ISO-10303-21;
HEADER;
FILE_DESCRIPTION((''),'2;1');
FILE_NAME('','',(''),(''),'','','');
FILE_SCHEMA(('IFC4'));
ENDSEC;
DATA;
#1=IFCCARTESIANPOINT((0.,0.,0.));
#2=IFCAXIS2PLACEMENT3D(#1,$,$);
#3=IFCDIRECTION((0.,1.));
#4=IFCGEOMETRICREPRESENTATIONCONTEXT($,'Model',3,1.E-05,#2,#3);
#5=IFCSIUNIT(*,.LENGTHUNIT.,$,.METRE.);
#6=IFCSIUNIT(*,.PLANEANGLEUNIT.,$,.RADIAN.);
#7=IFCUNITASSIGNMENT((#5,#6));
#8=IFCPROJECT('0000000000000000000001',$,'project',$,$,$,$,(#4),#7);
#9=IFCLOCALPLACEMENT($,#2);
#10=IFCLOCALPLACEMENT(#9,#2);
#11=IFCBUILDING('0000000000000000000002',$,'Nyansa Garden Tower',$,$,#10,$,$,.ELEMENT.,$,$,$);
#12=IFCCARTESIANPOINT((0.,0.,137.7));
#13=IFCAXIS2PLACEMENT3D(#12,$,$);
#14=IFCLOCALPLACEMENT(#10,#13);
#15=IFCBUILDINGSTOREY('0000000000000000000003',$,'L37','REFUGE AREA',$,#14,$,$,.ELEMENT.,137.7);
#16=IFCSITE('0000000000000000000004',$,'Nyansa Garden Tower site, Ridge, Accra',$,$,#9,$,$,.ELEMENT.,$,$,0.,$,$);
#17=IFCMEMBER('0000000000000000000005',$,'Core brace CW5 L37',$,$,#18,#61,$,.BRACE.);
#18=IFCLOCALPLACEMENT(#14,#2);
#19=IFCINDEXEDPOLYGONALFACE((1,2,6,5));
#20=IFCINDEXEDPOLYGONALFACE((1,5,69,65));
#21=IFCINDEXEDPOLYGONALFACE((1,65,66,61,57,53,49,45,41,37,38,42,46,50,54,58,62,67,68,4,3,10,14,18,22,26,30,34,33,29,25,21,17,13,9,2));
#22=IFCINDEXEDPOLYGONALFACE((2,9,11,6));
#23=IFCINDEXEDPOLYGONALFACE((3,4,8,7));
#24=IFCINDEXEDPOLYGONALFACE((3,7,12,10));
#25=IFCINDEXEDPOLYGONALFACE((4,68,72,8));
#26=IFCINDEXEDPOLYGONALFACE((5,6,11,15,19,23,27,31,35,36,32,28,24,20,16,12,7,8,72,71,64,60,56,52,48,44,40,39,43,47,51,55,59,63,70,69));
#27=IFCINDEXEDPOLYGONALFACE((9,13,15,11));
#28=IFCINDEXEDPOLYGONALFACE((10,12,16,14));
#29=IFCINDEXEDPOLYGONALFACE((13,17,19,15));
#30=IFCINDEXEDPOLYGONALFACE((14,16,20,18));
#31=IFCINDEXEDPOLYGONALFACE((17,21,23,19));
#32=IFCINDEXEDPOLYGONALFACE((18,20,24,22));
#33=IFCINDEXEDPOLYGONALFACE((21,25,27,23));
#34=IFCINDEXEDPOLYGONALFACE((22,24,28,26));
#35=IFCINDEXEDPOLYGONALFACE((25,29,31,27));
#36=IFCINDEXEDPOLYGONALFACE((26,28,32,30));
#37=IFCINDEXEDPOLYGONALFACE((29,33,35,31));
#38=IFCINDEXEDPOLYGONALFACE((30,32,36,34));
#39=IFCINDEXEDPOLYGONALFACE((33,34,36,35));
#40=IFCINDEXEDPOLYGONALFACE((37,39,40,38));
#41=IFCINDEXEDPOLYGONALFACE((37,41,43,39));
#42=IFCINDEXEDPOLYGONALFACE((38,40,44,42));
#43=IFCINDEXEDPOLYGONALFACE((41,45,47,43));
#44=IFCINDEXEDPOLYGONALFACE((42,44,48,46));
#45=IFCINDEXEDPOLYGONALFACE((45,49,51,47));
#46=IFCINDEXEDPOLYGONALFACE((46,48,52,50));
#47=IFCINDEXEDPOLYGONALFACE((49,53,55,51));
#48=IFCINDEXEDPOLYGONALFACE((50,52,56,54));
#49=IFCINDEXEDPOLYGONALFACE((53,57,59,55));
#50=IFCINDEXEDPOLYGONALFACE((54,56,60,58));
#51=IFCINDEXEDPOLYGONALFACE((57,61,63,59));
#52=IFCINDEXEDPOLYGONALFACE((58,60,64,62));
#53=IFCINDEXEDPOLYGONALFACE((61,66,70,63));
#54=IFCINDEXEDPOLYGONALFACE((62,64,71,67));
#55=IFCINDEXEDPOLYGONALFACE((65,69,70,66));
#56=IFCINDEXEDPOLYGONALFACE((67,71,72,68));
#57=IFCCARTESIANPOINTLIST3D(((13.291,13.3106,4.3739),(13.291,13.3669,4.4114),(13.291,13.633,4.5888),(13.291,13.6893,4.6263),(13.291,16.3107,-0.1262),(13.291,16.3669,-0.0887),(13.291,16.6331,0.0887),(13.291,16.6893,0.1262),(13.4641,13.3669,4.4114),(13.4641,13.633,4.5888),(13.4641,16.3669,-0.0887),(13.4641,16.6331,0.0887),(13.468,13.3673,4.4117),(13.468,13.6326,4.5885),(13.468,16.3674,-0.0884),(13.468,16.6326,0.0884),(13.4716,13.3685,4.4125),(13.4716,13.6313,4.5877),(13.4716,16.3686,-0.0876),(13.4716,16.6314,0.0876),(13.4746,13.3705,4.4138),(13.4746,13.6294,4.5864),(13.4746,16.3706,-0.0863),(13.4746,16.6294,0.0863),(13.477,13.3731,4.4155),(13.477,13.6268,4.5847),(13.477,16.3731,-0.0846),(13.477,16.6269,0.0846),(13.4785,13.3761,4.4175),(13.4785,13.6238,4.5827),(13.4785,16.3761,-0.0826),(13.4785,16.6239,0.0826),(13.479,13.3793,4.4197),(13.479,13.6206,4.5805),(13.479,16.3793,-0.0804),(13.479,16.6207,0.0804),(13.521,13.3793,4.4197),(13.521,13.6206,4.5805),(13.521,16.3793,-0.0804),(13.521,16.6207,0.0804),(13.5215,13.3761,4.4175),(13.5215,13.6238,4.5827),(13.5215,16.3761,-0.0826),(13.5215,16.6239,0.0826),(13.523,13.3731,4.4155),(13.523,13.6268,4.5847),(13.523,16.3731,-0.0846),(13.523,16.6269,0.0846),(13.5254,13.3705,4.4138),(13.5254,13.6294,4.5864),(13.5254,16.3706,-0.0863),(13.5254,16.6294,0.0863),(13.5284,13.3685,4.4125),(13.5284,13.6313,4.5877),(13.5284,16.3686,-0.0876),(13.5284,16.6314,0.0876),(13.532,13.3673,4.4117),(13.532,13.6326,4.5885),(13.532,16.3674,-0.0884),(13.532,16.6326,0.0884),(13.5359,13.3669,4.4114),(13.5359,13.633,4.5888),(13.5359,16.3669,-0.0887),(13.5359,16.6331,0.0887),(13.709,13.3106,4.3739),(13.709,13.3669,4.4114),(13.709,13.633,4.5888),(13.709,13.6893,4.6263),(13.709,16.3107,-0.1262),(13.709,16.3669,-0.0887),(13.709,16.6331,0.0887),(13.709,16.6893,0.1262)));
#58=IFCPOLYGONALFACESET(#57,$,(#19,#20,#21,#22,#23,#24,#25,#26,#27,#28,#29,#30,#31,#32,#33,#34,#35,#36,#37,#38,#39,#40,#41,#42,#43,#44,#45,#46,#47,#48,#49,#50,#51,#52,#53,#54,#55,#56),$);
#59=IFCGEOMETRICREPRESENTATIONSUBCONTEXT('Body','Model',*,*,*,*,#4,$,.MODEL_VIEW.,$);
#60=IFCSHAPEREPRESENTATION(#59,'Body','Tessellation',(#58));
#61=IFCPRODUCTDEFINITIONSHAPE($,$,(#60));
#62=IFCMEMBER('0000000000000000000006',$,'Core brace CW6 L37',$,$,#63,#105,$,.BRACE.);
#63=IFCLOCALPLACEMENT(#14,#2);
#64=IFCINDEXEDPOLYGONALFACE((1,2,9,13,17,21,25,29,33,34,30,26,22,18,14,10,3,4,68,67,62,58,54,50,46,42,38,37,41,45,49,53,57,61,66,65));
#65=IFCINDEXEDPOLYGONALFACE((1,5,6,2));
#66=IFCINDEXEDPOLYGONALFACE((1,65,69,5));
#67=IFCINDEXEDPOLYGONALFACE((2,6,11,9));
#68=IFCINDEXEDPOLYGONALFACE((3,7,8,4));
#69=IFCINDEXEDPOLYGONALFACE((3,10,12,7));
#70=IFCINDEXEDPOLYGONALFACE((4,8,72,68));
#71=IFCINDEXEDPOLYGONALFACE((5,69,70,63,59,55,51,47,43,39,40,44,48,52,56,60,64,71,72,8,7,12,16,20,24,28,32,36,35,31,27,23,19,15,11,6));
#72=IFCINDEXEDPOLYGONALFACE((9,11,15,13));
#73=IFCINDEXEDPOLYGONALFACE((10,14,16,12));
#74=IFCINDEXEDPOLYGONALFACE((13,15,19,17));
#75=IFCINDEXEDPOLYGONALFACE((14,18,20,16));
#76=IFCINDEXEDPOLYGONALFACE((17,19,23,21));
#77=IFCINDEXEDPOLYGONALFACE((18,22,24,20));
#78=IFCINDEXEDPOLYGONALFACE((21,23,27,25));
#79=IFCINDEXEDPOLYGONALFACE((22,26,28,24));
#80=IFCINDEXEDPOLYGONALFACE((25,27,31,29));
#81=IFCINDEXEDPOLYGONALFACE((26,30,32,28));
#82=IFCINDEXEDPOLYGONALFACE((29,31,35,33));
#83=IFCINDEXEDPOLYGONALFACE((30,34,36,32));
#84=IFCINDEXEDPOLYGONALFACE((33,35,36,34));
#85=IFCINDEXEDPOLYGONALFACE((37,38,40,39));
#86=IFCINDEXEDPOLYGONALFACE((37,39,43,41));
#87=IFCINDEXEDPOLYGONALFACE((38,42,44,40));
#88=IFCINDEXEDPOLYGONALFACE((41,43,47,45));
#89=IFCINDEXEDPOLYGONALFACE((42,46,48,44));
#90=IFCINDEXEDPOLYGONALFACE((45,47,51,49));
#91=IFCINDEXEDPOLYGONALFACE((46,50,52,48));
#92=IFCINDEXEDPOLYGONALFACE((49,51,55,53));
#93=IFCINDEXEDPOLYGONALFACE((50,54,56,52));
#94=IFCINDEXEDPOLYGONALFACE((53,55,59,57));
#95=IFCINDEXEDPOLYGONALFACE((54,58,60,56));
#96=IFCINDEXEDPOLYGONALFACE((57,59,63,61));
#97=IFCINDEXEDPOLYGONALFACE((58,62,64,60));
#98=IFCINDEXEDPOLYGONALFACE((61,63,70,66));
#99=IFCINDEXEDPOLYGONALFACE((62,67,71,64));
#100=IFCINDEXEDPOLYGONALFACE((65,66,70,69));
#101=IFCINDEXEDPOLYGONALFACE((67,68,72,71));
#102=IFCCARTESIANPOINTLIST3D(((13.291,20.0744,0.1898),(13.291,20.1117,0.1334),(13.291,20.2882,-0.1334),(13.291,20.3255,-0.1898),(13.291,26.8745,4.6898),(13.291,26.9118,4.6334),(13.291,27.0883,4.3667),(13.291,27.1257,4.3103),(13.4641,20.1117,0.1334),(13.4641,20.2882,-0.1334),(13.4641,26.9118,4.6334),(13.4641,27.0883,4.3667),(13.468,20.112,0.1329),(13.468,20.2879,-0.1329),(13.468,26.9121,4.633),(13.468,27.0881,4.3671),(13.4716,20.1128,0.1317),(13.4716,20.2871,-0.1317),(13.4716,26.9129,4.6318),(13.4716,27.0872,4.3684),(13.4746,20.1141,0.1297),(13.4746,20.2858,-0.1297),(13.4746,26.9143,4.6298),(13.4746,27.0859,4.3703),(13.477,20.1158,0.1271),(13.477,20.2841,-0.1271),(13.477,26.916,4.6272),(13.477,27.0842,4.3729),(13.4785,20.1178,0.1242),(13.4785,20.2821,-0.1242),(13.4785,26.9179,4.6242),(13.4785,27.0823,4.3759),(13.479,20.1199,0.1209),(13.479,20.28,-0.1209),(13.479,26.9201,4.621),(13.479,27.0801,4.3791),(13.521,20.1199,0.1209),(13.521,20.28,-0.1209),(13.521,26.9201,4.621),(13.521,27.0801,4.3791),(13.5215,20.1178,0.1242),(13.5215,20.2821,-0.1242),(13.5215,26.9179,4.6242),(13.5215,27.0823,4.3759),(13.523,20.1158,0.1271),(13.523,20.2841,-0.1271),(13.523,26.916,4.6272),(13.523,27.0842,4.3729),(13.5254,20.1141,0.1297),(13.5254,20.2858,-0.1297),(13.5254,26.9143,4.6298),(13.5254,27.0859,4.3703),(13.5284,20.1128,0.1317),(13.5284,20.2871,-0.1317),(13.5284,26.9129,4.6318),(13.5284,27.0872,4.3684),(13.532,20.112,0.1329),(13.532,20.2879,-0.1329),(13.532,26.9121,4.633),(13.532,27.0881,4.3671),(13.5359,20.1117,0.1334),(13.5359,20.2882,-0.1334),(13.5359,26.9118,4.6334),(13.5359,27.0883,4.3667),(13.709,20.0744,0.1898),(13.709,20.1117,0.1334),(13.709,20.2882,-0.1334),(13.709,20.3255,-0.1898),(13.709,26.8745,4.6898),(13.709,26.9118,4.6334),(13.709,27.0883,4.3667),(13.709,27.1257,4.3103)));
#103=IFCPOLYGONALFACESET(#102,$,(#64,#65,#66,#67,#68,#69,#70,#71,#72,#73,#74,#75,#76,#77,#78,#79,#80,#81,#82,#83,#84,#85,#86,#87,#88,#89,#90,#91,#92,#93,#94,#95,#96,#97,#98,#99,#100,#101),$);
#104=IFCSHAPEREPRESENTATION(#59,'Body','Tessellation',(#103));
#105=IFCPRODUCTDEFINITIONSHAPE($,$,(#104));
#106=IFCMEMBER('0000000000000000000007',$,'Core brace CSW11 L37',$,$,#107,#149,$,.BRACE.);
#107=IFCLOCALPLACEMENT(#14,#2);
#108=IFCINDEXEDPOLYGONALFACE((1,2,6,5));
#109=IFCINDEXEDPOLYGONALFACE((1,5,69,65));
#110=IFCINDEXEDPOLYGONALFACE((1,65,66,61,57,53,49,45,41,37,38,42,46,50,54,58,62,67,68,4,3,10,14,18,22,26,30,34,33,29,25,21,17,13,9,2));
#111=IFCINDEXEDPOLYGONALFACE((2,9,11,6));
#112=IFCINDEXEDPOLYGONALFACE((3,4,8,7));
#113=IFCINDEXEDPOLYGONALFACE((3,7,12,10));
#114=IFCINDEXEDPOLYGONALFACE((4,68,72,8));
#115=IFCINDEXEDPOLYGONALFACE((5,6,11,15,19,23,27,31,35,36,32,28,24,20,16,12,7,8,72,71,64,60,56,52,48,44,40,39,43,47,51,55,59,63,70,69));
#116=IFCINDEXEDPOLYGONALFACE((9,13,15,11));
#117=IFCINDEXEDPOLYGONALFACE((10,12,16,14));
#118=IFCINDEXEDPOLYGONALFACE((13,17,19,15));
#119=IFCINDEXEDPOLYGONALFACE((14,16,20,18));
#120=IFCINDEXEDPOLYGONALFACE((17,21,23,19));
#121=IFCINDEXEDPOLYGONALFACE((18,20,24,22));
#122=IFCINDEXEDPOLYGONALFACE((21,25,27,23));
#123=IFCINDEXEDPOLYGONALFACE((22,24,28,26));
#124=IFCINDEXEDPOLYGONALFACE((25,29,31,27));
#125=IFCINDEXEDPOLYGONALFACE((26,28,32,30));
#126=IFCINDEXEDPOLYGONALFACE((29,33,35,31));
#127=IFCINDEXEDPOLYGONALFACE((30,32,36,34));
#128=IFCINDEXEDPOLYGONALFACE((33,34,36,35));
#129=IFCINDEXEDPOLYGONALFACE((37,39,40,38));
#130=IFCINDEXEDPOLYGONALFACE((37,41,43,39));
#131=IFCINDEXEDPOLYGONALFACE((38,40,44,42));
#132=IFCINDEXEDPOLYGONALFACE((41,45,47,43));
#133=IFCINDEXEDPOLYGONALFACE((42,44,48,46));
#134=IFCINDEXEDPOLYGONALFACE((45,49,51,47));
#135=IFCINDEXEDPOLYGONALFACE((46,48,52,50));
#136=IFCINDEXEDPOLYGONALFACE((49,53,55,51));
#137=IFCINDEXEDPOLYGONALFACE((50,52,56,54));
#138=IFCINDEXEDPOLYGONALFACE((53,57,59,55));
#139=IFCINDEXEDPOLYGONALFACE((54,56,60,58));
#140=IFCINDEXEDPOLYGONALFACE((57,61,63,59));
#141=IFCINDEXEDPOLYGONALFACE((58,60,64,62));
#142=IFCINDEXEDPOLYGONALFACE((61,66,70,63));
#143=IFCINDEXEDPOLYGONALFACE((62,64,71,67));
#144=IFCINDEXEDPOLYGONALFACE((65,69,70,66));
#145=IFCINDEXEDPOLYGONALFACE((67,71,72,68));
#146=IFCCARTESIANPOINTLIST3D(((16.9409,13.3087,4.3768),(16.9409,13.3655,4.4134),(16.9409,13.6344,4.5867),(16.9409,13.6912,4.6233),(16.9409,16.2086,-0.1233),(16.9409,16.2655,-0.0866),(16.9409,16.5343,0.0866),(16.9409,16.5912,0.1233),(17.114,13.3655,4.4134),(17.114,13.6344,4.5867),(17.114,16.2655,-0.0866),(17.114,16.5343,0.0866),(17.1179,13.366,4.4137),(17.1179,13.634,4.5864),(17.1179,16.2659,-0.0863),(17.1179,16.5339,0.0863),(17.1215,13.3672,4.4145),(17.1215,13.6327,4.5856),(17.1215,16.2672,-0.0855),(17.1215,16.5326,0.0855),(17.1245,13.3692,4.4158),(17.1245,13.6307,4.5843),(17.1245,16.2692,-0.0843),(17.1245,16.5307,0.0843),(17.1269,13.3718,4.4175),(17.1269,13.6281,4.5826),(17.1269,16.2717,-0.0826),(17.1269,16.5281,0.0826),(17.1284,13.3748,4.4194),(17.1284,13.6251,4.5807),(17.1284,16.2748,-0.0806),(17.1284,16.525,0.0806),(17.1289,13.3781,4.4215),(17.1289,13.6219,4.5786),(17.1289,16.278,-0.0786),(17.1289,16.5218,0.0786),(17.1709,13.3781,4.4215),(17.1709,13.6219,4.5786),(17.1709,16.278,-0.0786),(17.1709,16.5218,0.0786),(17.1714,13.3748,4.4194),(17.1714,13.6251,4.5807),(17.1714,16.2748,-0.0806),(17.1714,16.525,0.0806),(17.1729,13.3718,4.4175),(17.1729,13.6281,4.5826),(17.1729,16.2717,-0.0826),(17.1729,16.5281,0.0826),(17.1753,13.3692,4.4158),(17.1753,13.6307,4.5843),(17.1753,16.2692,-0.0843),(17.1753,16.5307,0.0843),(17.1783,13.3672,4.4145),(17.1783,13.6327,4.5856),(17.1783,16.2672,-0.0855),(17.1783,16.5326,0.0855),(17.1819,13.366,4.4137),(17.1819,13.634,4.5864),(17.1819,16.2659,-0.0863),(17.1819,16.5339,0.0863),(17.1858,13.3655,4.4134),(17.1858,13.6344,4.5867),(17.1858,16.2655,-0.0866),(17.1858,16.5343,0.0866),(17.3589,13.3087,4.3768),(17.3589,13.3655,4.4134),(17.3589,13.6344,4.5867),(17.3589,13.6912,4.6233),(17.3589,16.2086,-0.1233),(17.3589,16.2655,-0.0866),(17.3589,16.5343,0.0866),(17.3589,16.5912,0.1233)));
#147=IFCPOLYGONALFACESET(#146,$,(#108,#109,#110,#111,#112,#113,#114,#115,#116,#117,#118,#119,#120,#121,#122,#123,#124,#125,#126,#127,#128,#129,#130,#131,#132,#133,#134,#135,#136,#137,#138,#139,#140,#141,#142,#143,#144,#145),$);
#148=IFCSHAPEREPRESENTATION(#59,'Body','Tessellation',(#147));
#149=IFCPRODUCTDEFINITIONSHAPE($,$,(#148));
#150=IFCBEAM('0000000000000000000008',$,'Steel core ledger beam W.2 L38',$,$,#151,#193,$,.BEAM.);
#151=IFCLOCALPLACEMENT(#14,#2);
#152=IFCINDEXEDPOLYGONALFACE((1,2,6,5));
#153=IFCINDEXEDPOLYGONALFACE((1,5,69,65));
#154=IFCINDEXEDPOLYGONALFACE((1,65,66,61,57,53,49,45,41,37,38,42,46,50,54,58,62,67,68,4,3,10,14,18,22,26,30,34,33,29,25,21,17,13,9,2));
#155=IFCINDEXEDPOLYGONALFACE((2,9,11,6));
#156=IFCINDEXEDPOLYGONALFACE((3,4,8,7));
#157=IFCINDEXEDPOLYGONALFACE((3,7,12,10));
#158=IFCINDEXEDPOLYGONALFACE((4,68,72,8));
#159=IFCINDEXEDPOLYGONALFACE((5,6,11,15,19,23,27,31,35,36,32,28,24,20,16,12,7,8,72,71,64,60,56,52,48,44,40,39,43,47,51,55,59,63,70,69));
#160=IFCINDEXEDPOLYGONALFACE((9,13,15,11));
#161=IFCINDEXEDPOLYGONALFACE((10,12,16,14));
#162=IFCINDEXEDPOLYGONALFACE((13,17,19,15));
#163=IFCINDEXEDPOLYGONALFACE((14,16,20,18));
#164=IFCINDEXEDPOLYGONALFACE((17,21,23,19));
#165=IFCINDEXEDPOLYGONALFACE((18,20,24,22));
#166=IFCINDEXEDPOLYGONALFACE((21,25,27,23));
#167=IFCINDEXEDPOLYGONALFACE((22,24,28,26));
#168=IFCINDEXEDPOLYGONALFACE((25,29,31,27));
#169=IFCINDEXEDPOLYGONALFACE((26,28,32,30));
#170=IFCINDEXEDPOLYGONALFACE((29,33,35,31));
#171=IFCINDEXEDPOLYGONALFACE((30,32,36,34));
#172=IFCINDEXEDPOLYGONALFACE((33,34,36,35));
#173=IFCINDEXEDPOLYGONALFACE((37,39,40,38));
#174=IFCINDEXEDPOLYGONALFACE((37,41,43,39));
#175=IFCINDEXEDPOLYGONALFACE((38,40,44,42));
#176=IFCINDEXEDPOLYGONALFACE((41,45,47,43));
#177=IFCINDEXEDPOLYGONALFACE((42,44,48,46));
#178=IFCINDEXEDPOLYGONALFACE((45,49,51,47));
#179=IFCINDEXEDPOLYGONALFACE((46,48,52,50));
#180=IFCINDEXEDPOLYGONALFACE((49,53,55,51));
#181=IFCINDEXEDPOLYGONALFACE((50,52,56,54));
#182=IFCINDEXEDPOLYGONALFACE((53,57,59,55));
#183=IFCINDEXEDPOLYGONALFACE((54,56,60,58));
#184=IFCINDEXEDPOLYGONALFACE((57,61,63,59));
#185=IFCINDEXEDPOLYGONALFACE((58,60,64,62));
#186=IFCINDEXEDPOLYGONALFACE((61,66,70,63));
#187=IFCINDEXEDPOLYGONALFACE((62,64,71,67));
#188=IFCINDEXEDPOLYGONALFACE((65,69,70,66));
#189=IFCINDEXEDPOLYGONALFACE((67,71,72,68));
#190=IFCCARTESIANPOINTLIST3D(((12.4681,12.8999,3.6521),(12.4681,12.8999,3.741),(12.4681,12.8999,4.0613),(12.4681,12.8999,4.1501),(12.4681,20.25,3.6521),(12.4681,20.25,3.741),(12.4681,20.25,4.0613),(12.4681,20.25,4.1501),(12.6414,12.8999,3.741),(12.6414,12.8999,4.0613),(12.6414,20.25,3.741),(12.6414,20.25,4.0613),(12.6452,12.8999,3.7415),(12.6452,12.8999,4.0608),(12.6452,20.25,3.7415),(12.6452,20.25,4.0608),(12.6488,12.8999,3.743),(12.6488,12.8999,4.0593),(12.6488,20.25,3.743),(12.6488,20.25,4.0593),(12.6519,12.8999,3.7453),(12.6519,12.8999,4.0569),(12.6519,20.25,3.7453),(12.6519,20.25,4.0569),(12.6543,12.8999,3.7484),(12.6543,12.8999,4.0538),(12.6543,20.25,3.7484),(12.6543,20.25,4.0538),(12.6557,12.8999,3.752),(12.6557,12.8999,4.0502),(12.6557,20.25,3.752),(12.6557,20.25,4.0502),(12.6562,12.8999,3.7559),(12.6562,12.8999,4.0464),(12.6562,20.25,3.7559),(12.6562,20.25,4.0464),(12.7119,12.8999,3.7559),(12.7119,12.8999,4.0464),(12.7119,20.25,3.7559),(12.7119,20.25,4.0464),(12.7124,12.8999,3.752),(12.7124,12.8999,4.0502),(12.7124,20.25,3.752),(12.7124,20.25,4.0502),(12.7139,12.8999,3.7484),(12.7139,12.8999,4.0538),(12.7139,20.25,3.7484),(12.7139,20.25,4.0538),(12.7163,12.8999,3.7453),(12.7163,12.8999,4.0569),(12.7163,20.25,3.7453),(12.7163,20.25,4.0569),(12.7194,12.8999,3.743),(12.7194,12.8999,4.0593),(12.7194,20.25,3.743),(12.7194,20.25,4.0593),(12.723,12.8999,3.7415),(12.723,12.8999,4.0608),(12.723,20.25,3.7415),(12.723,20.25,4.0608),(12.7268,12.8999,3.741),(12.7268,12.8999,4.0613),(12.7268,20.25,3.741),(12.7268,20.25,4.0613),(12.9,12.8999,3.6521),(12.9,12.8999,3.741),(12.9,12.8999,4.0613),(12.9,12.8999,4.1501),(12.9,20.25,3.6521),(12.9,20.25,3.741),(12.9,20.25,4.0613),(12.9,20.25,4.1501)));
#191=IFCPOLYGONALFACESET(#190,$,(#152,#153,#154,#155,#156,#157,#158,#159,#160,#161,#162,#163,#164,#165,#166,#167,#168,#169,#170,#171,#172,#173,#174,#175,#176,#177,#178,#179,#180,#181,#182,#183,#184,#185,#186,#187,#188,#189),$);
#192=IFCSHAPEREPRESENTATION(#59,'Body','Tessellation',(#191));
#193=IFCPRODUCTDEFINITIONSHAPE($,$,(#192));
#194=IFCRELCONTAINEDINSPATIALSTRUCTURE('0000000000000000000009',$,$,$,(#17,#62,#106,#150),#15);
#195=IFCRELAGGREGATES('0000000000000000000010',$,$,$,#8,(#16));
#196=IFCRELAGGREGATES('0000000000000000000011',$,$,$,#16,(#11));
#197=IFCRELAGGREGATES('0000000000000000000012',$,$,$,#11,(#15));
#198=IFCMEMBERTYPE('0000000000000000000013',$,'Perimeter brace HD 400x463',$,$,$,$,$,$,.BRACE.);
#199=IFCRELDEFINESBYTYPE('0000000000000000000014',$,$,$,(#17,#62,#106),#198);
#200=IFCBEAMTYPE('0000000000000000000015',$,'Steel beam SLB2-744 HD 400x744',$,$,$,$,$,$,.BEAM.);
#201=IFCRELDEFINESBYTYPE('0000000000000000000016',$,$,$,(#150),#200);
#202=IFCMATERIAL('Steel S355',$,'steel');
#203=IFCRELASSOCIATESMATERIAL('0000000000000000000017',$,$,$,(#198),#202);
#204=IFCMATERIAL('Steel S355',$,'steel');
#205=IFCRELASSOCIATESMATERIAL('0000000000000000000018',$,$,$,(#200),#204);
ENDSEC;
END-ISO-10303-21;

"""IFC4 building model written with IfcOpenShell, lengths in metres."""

from ifc_helpers import new_model, si_unit, direction, frame, origin, origin_2d, place, context, subcontext, project, spatial, i_section, extrude, material, material_profile, profile_set, type_object, element, save


model = new_model("IFC4")

# Units and contexts
model_context = context("Model", 3, precision=1e-05, world=origin(), true_north=direction((0.0, 1.0)))
body_context = subcontext(model_context, "Body", "Model", "MODEL_VIEW")
ifc_project = project(units=[si_unit("LENGTHUNIT", "METRE"), si_unit("PLANEANGLEUNIT", "RADIAN")], contexts=[model_context])

# Site, building, storey
site_placement = place(None, origin())
site = spatial("IfcSite", under=ifc_project, at=site_placement, Name="Nyansa Garden Tower site, Ridge, Accra", CompositionType="ELEMENT", RefElevation=0.0)
building_placement = place(site_placement, origin())
building = spatial("IfcBuilding", under=site, at=building_placement, Name="Nyansa Garden Tower", CompositionType="ELEMENT")
storey_placement = place(building_placement, frame((0.0, 0.0, 137.7)))
storey = spatial("IfcBuildingStorey", under=building, at=storey_placement, Name="L37", Description="REFUGE AREA", CompositionType="ELEMENT", Elevation=137.7)

# Members
ifc_material_1 = material(Name="Steel S355", Category="steel")
ifc_material_profile_1 = material_profile(ifc_material_1, i_section(OverallWidth=0.418, OverallDepth=0.4551, WebThickness=0.042, FlangeThickness=0.0676, FilletRadius=0.0149, at=origin_2d()), Name="HD 400x463")
ifc_profile_set_1 = profile_set([ifc_material_profile_1], Name="Steel S355")
member_type = type_object("IfcMemberType", Name="Perimeter brace HD 400x463", PredefinedType="BRACE", material=ifc_profile_set_1)
member_1_placement = place(storey_placement, frame((13.5, 16.5, 0.0), z_axis=(0.0, -0.5547, 0.83205), x_axis=(1.0, 0.0, 0.0)))
element("IfcMember", 1, at=member_1_placement, inside=storey, type_object=member_type, Name="Core brace CW5 L37", PredefinedType="BRACE", context=body_context, shape_type="SweptSolid", body=[
    extrude(i_section(OverallWidth=0.418, OverallDepth=0.4551, WebThickness=0.042, FlangeThickness=0.0676, FilletRadius=0.0149, at=origin_2d()), origin(), (0.0, 0.0, 1.0), 5.4084),
])
member_2_placement = place(storey_placement, frame((13.5, 20.2, 0.0), z_axis=(0.0, 0.833934, 0.551864), x_axis=(-1.0, 0.0, 0.0)))
element("IfcMember", 2, at=member_2_placement, inside=storey, type_object=member_type, Name="Core brace CW6 L37", PredefinedType="BRACE", context=body_context, shape_type="SweptSolid", body=[
    extrude(i_section(OverallWidth=0.418, OverallDepth=0.4551, WebThickness=0.042, FlangeThickness=0.0676, FilletRadius=0.0149, at=origin_2d()), origin(), (0.0, 0.0, 1.0), 8.1543),
])
member_3_placement = place(storey_placement, frame((17.1499, 16.3999, 0.0), z_axis=(0.0, -0.541688, 0.840579), x_axis=(1.0, 0.0, 0.0)))
element("IfcMember", 3, at=member_3_placement, inside=storey, type_object=member_type, Name="Core brace CSW11 L37", PredefinedType="BRACE", context=body_context, shape_type="SweptSolid", body=[
    extrude(i_section(OverallWidth=0.418, OverallDepth=0.4551, WebThickness=0.042, FlangeThickness=0.0676, FilletRadius=0.0149, at=origin_2d()), origin(), (0.0, 0.0, 1.0), 5.3535),
])

# Beam
ifc_material_2 = material(Name="Steel S355", Category="steel")
ifc_material_profile_2 = material_profile(ifc_material_2, i_section(OverallWidth=0.4319, OverallDepth=0.498, WebThickness=0.0557, FlangeThickness=0.0889, FilletRadius=0.0149, at=origin_2d()), Name="HD 400x744")
ifc_profile_set_2 = profile_set([ifc_material_profile_2], Name="Steel S355")
beam_type = type_object("IfcBeamType", Name="Steel beam SLB2-744 HD 400x744", PredefinedType="BEAM", material=ifc_profile_set_2)
beam_placement = place(storey_placement, frame((12.6841, 20.25, 3.9011), z_axis=(0.0, -1.0, 0.0), x_axis=(1.0, 0.0, 0.0)))
element("IfcBeam", 4, at=beam_placement, inside=storey, type_object=beam_type, Name="Steel core ledger beam W.2 L38", PredefinedType="BEAM", context=body_context, shape_type="SweptSolid", body=[
    extrude(i_section(OverallWidth=0.4319, OverallDepth=0.498, WebThickness=0.0557, FlangeThickness=0.0889, FilletRadius=0.0149, at=origin_2d()), origin(), (0.0, 0.0, 1.0), 7.3501),
])

save(model, "model.ifc")
